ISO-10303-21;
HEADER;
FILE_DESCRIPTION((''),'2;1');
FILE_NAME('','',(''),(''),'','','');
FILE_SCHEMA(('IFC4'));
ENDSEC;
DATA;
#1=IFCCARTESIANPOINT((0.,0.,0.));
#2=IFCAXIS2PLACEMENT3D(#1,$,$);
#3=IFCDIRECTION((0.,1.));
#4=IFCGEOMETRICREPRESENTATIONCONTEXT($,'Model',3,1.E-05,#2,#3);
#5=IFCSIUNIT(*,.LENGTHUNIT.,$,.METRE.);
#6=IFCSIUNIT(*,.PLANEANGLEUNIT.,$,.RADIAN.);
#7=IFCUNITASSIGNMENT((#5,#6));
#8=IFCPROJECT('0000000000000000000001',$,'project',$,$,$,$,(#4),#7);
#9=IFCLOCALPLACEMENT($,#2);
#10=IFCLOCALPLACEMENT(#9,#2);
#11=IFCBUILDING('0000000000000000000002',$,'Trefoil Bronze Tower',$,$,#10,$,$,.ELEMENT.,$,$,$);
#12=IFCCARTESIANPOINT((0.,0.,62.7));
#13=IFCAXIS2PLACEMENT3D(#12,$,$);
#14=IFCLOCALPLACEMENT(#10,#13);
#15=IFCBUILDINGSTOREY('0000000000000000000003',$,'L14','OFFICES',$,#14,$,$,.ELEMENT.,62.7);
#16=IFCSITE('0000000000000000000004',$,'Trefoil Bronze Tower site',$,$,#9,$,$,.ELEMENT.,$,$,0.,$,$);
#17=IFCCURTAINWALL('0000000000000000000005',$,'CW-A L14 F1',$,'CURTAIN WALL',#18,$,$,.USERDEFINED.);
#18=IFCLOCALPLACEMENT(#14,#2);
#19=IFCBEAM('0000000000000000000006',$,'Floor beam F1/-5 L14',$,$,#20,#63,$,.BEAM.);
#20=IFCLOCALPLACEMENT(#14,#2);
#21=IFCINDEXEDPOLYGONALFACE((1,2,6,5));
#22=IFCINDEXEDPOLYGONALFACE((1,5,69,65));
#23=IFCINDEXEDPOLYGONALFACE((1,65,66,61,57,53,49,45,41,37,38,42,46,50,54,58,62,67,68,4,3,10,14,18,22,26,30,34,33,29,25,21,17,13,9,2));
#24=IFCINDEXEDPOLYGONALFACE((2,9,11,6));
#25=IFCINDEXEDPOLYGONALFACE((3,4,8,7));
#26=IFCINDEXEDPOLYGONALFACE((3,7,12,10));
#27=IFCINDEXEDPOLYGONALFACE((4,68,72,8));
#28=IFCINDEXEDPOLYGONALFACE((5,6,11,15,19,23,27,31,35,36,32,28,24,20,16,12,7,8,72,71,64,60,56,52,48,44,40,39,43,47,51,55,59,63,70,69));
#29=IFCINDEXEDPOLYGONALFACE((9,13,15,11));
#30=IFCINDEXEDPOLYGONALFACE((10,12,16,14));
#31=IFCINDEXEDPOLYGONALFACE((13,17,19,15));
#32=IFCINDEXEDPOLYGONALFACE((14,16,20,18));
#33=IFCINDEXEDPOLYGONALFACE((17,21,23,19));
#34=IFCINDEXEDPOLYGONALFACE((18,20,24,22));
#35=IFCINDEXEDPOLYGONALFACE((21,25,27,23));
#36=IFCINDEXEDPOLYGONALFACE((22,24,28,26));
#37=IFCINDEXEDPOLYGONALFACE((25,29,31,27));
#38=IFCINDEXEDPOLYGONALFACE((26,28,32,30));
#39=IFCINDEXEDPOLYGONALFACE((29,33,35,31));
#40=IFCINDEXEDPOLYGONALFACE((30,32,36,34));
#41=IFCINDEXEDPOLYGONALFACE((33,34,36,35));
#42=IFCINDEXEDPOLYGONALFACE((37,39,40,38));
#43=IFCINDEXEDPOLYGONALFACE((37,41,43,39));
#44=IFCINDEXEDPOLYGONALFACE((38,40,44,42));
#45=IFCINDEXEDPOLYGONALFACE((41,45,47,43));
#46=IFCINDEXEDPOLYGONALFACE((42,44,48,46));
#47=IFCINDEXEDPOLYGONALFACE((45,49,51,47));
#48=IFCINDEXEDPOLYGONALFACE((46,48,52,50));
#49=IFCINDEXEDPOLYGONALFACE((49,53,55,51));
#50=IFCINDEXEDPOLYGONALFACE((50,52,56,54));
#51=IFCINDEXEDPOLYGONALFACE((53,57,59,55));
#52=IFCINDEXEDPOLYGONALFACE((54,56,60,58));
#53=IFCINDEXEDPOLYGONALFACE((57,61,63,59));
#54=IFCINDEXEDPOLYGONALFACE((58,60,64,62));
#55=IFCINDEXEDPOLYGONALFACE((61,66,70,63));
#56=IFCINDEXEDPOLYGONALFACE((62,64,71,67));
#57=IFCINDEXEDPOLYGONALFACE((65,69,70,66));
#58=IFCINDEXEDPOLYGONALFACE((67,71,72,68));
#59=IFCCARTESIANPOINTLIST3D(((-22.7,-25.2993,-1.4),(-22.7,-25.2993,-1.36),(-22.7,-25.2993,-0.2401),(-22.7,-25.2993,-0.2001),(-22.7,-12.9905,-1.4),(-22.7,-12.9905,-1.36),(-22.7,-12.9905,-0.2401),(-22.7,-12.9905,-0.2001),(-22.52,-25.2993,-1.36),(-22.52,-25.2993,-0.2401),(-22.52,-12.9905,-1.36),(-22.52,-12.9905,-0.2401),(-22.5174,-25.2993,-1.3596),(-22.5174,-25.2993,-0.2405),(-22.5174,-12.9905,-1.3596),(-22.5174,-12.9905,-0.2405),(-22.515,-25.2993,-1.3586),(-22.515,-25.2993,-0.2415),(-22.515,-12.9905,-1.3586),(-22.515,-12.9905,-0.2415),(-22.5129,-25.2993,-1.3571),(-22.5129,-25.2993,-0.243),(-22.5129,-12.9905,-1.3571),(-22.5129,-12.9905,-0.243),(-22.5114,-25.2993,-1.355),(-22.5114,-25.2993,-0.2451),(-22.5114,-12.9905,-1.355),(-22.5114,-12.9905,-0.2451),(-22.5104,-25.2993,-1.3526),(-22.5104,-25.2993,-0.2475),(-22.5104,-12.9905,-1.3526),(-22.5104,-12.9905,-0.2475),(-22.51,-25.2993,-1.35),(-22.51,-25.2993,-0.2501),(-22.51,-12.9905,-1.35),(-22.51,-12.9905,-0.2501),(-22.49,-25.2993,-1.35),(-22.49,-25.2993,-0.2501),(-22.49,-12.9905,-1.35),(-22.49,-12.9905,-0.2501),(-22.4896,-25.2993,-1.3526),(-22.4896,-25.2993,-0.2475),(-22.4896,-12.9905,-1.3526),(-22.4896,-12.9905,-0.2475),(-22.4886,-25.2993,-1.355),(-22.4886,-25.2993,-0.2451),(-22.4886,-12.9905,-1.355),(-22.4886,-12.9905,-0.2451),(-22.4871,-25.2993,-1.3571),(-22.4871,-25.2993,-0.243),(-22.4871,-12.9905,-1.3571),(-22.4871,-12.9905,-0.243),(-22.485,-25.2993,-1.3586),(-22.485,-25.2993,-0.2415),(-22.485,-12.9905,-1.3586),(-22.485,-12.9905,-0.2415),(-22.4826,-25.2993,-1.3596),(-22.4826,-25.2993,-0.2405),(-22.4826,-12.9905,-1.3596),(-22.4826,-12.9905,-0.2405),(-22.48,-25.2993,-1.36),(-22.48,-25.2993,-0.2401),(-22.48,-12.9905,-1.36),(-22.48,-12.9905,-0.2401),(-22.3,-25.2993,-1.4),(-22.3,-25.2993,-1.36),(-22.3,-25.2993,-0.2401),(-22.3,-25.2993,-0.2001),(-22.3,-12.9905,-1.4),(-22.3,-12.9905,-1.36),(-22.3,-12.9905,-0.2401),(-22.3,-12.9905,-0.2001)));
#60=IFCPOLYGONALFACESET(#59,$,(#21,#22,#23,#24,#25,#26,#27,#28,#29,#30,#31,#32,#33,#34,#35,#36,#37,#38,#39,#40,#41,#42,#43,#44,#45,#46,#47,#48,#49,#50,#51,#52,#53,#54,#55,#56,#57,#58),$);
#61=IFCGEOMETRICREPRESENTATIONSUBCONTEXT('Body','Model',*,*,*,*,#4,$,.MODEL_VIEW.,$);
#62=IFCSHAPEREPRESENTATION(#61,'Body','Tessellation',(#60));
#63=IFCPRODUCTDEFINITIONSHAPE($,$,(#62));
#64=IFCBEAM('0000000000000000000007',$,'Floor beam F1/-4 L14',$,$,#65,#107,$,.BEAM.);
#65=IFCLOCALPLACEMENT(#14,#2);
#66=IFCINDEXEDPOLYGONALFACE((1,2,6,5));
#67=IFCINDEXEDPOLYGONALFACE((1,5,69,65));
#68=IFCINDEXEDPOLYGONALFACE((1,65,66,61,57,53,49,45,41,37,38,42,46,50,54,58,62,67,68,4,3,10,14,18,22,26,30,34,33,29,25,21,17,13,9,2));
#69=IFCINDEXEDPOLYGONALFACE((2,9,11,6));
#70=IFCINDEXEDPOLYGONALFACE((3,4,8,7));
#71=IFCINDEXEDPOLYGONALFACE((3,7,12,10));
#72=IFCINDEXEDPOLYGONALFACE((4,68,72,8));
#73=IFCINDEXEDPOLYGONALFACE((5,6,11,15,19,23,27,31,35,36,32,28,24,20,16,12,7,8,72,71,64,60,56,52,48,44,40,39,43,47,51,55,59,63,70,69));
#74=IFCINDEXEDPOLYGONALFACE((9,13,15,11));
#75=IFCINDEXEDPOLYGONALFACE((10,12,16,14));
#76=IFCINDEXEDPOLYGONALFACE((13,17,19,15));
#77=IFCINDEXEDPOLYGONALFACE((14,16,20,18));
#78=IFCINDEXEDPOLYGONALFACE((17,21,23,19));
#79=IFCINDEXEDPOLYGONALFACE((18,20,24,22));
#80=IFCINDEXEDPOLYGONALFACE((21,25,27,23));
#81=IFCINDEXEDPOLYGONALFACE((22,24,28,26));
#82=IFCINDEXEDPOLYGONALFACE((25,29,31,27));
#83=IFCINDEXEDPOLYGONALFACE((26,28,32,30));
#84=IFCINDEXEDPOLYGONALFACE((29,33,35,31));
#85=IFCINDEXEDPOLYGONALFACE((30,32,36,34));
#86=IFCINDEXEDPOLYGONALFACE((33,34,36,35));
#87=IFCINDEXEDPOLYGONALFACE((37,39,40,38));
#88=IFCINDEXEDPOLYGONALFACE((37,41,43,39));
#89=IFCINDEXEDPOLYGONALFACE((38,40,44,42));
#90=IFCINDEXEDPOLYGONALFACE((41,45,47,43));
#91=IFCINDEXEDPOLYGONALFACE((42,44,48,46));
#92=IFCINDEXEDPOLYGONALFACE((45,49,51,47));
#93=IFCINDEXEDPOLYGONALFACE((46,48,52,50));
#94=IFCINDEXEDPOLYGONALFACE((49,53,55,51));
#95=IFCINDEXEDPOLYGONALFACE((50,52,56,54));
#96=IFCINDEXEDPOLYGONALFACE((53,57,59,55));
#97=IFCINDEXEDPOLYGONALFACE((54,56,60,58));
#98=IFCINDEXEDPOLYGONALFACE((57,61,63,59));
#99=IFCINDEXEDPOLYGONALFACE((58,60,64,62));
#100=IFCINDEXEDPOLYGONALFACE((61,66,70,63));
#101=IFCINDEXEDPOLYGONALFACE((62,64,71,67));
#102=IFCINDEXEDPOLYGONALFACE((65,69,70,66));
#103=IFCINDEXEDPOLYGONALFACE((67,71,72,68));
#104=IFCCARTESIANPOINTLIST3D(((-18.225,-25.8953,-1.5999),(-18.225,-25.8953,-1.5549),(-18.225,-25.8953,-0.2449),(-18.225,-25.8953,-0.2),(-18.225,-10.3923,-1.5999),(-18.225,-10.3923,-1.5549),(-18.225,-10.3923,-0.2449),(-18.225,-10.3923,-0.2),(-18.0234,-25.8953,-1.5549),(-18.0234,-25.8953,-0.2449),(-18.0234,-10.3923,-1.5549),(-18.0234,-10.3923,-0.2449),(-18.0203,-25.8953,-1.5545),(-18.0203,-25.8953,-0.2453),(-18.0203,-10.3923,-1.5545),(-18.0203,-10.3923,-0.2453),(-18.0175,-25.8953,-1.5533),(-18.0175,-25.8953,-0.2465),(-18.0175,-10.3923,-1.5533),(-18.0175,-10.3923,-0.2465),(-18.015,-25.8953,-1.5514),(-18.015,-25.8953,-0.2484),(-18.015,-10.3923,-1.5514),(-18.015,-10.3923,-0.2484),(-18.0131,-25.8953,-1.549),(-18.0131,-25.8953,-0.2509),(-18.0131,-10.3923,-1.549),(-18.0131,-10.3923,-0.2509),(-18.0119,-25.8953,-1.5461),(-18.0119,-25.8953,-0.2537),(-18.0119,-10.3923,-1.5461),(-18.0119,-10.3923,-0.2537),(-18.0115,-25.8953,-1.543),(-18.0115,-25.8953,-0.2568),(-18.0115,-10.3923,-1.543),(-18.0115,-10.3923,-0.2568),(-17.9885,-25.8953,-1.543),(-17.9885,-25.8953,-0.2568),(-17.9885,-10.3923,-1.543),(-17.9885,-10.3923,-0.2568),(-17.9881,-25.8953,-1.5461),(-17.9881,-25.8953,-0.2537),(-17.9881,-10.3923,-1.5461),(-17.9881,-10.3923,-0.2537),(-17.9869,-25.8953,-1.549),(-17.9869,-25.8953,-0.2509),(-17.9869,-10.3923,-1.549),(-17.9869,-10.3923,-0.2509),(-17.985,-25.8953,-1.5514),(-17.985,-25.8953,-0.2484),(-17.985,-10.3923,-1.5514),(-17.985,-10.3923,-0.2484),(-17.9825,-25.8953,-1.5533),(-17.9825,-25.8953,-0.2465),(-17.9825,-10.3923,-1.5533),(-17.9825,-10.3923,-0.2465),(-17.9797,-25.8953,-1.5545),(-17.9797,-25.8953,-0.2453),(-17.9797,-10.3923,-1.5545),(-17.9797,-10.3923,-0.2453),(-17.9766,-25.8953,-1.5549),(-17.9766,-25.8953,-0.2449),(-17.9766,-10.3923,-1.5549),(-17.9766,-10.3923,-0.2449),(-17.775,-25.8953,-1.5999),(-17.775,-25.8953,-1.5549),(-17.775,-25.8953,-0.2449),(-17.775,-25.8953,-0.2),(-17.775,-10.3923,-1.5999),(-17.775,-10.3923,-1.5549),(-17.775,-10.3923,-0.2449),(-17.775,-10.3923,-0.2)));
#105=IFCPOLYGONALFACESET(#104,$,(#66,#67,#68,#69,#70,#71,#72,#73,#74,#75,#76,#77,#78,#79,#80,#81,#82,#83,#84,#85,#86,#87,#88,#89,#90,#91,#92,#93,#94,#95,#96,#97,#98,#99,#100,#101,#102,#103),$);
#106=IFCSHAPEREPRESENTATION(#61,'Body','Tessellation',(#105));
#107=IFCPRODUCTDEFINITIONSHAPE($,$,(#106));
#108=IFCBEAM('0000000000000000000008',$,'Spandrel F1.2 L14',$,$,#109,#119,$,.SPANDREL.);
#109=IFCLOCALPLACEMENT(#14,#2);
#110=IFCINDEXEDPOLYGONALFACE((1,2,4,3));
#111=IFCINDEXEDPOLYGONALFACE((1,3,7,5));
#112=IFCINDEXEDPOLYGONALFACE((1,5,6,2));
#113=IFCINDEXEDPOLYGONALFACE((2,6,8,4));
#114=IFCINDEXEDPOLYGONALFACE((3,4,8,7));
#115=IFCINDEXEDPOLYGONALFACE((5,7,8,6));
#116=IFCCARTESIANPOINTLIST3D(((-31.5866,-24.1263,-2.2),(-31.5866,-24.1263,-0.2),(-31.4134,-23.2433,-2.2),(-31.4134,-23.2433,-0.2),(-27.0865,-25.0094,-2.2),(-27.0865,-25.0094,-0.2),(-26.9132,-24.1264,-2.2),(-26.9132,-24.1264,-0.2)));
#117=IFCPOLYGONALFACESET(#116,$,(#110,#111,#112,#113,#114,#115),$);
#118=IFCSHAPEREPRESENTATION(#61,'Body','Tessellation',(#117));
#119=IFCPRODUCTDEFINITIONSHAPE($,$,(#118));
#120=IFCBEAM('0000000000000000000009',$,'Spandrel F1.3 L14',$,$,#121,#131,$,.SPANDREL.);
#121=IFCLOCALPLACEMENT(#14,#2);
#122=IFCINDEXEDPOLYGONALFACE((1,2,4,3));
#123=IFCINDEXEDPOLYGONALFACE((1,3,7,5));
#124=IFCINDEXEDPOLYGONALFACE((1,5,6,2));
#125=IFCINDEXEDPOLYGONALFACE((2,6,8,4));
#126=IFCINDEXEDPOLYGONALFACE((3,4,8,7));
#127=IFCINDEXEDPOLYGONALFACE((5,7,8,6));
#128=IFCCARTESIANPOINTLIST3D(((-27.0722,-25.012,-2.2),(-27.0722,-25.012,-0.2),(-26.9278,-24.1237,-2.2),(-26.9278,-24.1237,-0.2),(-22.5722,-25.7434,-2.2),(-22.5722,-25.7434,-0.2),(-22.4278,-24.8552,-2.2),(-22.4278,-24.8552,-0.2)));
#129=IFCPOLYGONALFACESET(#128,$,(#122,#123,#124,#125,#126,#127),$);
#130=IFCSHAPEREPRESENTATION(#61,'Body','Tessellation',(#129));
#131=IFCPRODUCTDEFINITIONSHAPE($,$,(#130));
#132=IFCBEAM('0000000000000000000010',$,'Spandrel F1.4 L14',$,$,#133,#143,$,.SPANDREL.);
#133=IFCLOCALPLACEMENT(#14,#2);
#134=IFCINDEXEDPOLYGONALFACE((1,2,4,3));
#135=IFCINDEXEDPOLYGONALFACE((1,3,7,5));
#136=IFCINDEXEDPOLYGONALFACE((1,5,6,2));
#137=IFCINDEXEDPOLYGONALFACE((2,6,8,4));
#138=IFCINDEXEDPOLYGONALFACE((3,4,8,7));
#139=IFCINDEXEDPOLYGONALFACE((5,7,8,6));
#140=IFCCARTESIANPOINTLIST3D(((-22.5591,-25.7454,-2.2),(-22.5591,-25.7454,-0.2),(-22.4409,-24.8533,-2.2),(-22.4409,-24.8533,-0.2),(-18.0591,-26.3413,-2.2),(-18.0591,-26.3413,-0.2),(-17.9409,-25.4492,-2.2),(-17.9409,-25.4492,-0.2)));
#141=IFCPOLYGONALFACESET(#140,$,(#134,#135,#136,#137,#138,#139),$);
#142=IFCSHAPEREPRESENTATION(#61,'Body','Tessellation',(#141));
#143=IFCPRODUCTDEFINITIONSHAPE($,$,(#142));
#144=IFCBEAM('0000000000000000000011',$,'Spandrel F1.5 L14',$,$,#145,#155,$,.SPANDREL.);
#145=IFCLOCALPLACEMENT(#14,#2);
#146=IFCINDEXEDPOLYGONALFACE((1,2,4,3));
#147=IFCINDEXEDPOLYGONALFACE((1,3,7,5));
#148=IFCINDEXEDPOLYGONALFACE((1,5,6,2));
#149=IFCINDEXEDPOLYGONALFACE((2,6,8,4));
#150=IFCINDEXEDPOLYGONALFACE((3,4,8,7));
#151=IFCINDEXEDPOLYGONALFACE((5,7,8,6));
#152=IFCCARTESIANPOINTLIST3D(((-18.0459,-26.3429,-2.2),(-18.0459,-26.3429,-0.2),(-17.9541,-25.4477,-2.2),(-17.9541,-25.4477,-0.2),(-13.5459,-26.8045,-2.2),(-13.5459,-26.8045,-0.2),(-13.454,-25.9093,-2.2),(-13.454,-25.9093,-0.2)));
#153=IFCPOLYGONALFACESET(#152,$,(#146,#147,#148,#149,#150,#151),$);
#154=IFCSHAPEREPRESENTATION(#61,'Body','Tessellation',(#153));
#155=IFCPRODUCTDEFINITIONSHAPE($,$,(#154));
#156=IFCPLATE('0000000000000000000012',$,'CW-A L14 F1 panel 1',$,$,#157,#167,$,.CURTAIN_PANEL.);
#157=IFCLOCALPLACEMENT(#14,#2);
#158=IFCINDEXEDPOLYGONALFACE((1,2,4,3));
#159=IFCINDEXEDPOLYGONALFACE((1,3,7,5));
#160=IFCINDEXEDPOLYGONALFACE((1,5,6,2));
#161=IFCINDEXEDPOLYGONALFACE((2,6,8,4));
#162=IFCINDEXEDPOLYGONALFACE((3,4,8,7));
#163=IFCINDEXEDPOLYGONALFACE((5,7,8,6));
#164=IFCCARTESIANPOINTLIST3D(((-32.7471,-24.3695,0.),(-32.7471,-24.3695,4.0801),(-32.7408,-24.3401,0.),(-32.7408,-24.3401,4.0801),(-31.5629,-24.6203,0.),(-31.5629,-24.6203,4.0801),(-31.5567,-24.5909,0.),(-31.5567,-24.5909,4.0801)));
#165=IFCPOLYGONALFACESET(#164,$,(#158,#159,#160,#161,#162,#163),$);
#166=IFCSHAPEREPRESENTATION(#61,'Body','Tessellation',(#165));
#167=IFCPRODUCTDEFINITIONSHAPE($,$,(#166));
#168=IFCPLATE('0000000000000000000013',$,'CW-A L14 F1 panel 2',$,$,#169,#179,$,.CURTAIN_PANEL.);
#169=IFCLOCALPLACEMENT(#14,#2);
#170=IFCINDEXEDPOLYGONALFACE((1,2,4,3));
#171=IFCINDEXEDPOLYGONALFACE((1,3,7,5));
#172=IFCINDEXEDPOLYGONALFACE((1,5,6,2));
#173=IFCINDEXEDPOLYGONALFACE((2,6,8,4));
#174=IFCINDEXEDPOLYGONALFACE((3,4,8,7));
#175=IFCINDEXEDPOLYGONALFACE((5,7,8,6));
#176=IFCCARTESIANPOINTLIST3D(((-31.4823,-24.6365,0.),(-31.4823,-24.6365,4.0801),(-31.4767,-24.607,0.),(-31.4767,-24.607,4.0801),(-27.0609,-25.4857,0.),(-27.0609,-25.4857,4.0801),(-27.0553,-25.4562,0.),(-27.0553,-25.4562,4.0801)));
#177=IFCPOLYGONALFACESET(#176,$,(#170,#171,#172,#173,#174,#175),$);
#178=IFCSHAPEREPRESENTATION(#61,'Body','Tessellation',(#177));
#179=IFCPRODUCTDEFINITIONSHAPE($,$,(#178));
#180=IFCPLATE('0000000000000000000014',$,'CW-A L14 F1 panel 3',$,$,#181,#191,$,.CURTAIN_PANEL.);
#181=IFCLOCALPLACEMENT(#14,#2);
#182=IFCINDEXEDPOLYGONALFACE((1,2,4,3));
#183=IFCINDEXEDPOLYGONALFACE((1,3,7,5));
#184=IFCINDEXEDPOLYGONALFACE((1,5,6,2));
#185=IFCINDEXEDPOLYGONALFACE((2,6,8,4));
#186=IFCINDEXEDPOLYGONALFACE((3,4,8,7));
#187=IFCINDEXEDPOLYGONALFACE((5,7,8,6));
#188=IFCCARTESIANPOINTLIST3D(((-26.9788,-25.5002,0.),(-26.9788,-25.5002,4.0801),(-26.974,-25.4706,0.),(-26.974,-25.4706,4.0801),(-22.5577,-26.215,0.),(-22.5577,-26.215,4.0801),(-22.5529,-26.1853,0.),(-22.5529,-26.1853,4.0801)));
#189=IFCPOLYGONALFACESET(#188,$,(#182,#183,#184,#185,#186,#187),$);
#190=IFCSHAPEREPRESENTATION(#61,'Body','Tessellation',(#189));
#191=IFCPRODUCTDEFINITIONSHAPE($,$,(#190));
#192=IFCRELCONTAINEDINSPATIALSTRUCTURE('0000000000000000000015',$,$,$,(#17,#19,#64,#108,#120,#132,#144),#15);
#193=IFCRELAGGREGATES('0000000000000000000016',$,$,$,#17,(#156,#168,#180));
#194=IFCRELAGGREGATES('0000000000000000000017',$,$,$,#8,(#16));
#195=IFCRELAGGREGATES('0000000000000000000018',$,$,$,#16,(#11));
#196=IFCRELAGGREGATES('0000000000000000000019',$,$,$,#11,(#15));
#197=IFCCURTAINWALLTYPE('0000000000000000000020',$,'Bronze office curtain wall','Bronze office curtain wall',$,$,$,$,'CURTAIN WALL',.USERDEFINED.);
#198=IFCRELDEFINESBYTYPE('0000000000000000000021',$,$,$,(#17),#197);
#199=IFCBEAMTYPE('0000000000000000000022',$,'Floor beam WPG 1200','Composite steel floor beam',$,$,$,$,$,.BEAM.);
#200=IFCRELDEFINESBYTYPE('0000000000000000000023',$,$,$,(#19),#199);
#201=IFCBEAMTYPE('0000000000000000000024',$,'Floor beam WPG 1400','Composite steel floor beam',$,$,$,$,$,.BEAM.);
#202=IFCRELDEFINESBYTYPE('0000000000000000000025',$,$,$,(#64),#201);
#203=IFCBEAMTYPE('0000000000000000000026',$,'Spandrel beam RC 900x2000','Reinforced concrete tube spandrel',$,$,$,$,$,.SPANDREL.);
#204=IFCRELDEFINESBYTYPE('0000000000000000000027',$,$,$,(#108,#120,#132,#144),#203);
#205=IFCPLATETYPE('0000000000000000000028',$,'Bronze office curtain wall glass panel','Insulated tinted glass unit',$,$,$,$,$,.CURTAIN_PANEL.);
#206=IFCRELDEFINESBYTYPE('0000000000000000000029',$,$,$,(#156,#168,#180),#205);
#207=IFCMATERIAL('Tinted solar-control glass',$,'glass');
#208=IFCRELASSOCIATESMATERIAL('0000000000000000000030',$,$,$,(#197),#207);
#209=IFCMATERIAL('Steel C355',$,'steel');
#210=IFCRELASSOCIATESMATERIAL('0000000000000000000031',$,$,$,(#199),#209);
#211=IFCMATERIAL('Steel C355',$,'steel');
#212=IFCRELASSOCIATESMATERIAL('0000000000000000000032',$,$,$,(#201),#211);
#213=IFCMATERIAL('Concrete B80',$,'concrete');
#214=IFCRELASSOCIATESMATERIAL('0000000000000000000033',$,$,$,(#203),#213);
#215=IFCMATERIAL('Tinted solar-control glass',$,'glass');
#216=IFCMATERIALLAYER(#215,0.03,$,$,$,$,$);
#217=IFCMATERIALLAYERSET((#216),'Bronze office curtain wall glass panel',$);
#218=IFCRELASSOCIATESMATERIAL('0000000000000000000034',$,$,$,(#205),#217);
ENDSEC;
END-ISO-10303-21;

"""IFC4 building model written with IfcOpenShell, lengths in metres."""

from ifc_helpers import new_model, si_unit, direction, frame, origin, origin_2d, place, context, subcontext, project, spatial, rectangle, i_section, extrude, material, layer, layer_set, material_profile, profile_set, type_object, element, aggregate, save


model = new_model("IFC4")

# Units and contexts
model_context = context("Model", 3, precision=1e-05, world=origin(), true_north=direction((0.0, 1.0)))
body_context = subcontext(model_context, "Body", "Model", "MODEL_VIEW")
ifc_project = project(units=[si_unit("LENGTHUNIT", "METRE"), si_unit("PLANEANGLEUNIT", "RADIAN")], contexts=[model_context])

# Site, building, storey
site_placement = place(None, origin())
site = spatial("IfcSite", under=ifc_project, at=site_placement, Name="Trefoil Bronze Tower site", CompositionType="ELEMENT", RefElevation=0.0)
building_placement = place(site_placement, origin())
building = spatial("IfcBuilding", under=site, at=building_placement, Name="Trefoil Bronze Tower", CompositionType="ELEMENT")
storey_placement = place(building_placement, frame((0.0, 0.0, 62.7)))
storey = spatial("IfcBuildingStorey", under=building, at=storey_placement, Name="L14", Description="OFFICES", CompositionType="ELEMENT", Elevation=62.7)

# Curtain wall
ifc_material_1 = material(Name="Tinted solar-control glass", Category="glass")
curtain_wall_type_1 = type_object("IfcCurtainWallType", Name="Bronze office curtain wall", Description="Bronze office curtain wall", ElementType="CURTAIN WALL", PredefinedType="USERDEFINED", material=ifc_material_1)
curtain_wall_1_placement = place(storey_placement, origin())
curtain_wall_1 = element("IfcCurtainWall", 1, at=curtain_wall_1_placement, inside=storey, type_object=curtain_wall_type_1, Name="CW-A L14 F1", ObjectType="CURTAIN WALL", PredefinedType="USERDEFINED")

# Beams
ifc_material_2 = material(Name="Steel C355", Category="steel")
ifc_material_profile_1 = material_profile(ifc_material_2, i_section(OverallWidth=0.3999, OverallDepth=1.2, WebThickness=0.02, FlangeThickness=0.04, FilletRadius=0.01, at=origin_2d()), Name="WPG 1200")
ifc_profile_set_1 = profile_set([ifc_material_profile_1], Name="Steel C355")
beam_type_1 = type_object("IfcBeamType", Name="Floor beam WPG 1200", Description="Composite steel floor beam", PredefinedType="BEAM", material=ifc_profile_set_1)
beam_1_placement = place(storey_placement, frame((-22.5, -25.2993, -0.8), z_axis=(0.0, 1.0, 0.0), x_axis=(-1.0, 0.0, 0.0)))
element("IfcBeam", 2, at=beam_1_placement, inside=storey, type_object=beam_type_1, Name="Floor beam F1/-5 L14", PredefinedType="BEAM", context=body_context, shape_type="SweptSolid", body=[
    extrude(i_section(OverallWidth=0.3999, OverallDepth=1.2, WebThickness=0.02, FlangeThickness=0.04, FilletRadius=0.01, at=origin_2d()), origin(), (0.0, 0.0, 1.0), 12.3088),
])
ifc_material_3 = material(Name="Steel C355", Category="steel")
ifc_material_profile_2 = material_profile(ifc_material_3, i_section(OverallWidth=0.45, OverallDepth=1.3999, WebThickness=0.0229, FlangeThickness=0.0449, FilletRadius=0.012, at=origin_2d()), Name="WPG 1400")
ifc_profile_set_2 = profile_set([ifc_material_profile_2], Name="Steel C355")
beam_type_2 = type_object("IfcBeamType", Name="Floor beam WPG 1400", Description="Composite steel floor beam", PredefinedType="BEAM", material=ifc_profile_set_2)
beam_2_placement = place(storey_placement, frame((-18.0, -25.8953, -0.8999), z_axis=(0.0, 1.0, 0.0), x_axis=(-1.0, 0.0, 0.0)))
element("IfcBeam", 3, at=beam_2_placement, inside=storey, type_object=beam_type_2, Name="Floor beam F1/-4 L14", PredefinedType="BEAM", context=body_context, shape_type="SweptSolid", body=[
    extrude(i_section(OverallWidth=0.45, OverallDepth=1.3999, WebThickness=0.0229, FlangeThickness=0.0449, FilletRadius=0.012, at=origin_2d()), origin(), (0.0, 0.0, 1.0), 15.5029),
])
ifc_material_4 = material(Name="Concrete B80", Category="concrete")
ifc_material_profile_3 = material_profile(ifc_material_4, rectangle(XDim=0.8999, YDim=2.0, at=origin_2d()), Name="RC 900x2000")
ifc_profile_set_3 = profile_set([ifc_material_profile_3], Name="Concrete B80")
beam_type_3 = type_object("IfcBeamType", Name="Spandrel beam RC 900x2000", Description="Reinforced concrete tube spandrel", PredefinedType="SPANDREL", material=ifc_profile_set_3)
beam_3_placement = place(storey_placement, frame((-31.5, -23.6848, -1.2), z_axis=(0.981285, -0.192562, 0.0), x_axis=(0.192562, 0.981285, 0.0)))
element("IfcBeam", 4, at=beam_3_placement, inside=storey, type_object=beam_type_3, Name="Spandrel F1.2 L14", PredefinedType="SPANDREL", context=body_context, shape_type="SweptSolid", body=[
    extrude(rectangle(XDim=0.8999, YDim=2.0, at=origin_2d()), origin(), (0.0, 0.0, 1.0), 4.5859),
])
beam_4_placement = place(storey_placement, frame((-27.0, -24.5679, -1.2), z_axis=(0.987046, -0.160438, 0.0), x_axis=(0.160438, 0.987046, 0.0)))
element("IfcBeam", 5, at=beam_4_placement, inside=storey, type_object=beam_type_3, Name="Spandrel F1.3 L14", PredefinedType="SPANDREL", context=body_context, shape_type="SweptSolid", body=[
    extrude(rectangle(XDim=0.8999, YDim=2.0, at=origin_2d()), origin(), (0.0, 0.0, 1.0), 4.5591),
])
beam_5_placement = place(storey_placement, frame((-22.5, -25.2993, -1.2), z_axis=(0.991344, -0.131286, 0.0), x_axis=(0.131286, 0.991344, 0.0)))
element("IfcBeam", 6, at=beam_5_placement, inside=storey, type_object=beam_type_3, Name="Spandrel F1.4 L14", PredefinedType="SPANDREL", context=body_context, shape_type="SweptSolid", body=[
    extrude(rectangle(XDim=0.8999, YDim=2.0, at=origin_2d()), origin(), (0.0, 0.0, 1.0), 4.5393),
])
beam_6_placement = place(storey_placement, frame((-18.0, -25.8953, -1.2), z_axis=(0.994778, -0.102058, 0.0), x_axis=(0.102058, 0.994778, 0.0)))
element("IfcBeam", 7, at=beam_6_placement, inside=storey, type_object=beam_type_3, Name="Spandrel F1.5 L14", PredefinedType="SPANDREL", context=body_context, shape_type="SweptSolid", body=[
    extrude(rectangle(XDim=0.8999, YDim=2.0, at=origin_2d()), origin(), (0.0, 0.0, 1.0), 4.5237),
])

# Plates
ifc_material_5 = material(Name="Tinted solar-control glass", Category="glass")
ifc_layer_1 = layer(ifc_material_5, 0.03)
ifc_layer_set_1 = layer_set([ifc_layer_1], Name="Bronze office curtain wall glass panel")
plate_type_1 = type_object("IfcPlateType", Name="Bronze office curtain wall glass panel", Description="Insulated tinted glass unit", PredefinedType="CURTAIN_PANEL", material=ifc_layer_set_1)
plate_1_placement = place(storey_placement, frame((-32.1519, -24.4802, 0.0), z_axis=(0.0, 0.0, 1.0), x_axis=(0.978303, -0.207181, 0.0)))
plate_1 = element("IfcPlate", 8, at=plate_1_placement, type_object=plate_type_1, Name="CW-A L14 F1 panel 1", PredefinedType="CURTAIN_PANEL", context=body_context, shape_type="SweptSolid", body=[
    extrude(rectangle(XDim=1.2104, YDim=0.03, at=origin_2d()), origin(), (0.0, 0.0, 1.0), 4.0801),
])
plate_2_placement = place(storey_placement, frame((-29.2688, -25.0464, 0.0), z_axis=(0.0, 0.0, 1.0), x_axis=(0.98205, -0.188622, 0.0)))
plate_2 = element("IfcPlate", 9, at=plate_2_placement, type_object=plate_type_1, Name="CW-A L14 F1 panel 2", PredefinedType="CURTAIN_PANEL", context=body_context, shape_type="SweptSolid", body=[
    extrude(rectangle(XDim=4.5022, YDim=0.03, at=origin_2d()), origin(), (0.0, 0.0, 1.0), 4.0801),
])
plate_3_placement = place(storey_placement, frame((-24.7659, -25.8428, 0.0), z_axis=(0.0, 0.0, 1.0), x_axis=(0.987181, -0.159603, 0.0)))
plate_3 = element("IfcPlate", 10, at=plate_3_placement, type_object=plate_type_1, Name="CW-A L14 F1 panel 3", PredefinedType="CURTAIN_PANEL", context=body_context, shape_type="SweptSolid", body=[
    extrude(rectangle(XDim=4.4785, YDim=0.03, at=origin_2d()), origin(), (0.0, 0.0, 1.0), 4.0801),
])
aggregate(curtain_wall_1, [plate_1, plate_2, plate_3])

save(model, "model.ifc")
